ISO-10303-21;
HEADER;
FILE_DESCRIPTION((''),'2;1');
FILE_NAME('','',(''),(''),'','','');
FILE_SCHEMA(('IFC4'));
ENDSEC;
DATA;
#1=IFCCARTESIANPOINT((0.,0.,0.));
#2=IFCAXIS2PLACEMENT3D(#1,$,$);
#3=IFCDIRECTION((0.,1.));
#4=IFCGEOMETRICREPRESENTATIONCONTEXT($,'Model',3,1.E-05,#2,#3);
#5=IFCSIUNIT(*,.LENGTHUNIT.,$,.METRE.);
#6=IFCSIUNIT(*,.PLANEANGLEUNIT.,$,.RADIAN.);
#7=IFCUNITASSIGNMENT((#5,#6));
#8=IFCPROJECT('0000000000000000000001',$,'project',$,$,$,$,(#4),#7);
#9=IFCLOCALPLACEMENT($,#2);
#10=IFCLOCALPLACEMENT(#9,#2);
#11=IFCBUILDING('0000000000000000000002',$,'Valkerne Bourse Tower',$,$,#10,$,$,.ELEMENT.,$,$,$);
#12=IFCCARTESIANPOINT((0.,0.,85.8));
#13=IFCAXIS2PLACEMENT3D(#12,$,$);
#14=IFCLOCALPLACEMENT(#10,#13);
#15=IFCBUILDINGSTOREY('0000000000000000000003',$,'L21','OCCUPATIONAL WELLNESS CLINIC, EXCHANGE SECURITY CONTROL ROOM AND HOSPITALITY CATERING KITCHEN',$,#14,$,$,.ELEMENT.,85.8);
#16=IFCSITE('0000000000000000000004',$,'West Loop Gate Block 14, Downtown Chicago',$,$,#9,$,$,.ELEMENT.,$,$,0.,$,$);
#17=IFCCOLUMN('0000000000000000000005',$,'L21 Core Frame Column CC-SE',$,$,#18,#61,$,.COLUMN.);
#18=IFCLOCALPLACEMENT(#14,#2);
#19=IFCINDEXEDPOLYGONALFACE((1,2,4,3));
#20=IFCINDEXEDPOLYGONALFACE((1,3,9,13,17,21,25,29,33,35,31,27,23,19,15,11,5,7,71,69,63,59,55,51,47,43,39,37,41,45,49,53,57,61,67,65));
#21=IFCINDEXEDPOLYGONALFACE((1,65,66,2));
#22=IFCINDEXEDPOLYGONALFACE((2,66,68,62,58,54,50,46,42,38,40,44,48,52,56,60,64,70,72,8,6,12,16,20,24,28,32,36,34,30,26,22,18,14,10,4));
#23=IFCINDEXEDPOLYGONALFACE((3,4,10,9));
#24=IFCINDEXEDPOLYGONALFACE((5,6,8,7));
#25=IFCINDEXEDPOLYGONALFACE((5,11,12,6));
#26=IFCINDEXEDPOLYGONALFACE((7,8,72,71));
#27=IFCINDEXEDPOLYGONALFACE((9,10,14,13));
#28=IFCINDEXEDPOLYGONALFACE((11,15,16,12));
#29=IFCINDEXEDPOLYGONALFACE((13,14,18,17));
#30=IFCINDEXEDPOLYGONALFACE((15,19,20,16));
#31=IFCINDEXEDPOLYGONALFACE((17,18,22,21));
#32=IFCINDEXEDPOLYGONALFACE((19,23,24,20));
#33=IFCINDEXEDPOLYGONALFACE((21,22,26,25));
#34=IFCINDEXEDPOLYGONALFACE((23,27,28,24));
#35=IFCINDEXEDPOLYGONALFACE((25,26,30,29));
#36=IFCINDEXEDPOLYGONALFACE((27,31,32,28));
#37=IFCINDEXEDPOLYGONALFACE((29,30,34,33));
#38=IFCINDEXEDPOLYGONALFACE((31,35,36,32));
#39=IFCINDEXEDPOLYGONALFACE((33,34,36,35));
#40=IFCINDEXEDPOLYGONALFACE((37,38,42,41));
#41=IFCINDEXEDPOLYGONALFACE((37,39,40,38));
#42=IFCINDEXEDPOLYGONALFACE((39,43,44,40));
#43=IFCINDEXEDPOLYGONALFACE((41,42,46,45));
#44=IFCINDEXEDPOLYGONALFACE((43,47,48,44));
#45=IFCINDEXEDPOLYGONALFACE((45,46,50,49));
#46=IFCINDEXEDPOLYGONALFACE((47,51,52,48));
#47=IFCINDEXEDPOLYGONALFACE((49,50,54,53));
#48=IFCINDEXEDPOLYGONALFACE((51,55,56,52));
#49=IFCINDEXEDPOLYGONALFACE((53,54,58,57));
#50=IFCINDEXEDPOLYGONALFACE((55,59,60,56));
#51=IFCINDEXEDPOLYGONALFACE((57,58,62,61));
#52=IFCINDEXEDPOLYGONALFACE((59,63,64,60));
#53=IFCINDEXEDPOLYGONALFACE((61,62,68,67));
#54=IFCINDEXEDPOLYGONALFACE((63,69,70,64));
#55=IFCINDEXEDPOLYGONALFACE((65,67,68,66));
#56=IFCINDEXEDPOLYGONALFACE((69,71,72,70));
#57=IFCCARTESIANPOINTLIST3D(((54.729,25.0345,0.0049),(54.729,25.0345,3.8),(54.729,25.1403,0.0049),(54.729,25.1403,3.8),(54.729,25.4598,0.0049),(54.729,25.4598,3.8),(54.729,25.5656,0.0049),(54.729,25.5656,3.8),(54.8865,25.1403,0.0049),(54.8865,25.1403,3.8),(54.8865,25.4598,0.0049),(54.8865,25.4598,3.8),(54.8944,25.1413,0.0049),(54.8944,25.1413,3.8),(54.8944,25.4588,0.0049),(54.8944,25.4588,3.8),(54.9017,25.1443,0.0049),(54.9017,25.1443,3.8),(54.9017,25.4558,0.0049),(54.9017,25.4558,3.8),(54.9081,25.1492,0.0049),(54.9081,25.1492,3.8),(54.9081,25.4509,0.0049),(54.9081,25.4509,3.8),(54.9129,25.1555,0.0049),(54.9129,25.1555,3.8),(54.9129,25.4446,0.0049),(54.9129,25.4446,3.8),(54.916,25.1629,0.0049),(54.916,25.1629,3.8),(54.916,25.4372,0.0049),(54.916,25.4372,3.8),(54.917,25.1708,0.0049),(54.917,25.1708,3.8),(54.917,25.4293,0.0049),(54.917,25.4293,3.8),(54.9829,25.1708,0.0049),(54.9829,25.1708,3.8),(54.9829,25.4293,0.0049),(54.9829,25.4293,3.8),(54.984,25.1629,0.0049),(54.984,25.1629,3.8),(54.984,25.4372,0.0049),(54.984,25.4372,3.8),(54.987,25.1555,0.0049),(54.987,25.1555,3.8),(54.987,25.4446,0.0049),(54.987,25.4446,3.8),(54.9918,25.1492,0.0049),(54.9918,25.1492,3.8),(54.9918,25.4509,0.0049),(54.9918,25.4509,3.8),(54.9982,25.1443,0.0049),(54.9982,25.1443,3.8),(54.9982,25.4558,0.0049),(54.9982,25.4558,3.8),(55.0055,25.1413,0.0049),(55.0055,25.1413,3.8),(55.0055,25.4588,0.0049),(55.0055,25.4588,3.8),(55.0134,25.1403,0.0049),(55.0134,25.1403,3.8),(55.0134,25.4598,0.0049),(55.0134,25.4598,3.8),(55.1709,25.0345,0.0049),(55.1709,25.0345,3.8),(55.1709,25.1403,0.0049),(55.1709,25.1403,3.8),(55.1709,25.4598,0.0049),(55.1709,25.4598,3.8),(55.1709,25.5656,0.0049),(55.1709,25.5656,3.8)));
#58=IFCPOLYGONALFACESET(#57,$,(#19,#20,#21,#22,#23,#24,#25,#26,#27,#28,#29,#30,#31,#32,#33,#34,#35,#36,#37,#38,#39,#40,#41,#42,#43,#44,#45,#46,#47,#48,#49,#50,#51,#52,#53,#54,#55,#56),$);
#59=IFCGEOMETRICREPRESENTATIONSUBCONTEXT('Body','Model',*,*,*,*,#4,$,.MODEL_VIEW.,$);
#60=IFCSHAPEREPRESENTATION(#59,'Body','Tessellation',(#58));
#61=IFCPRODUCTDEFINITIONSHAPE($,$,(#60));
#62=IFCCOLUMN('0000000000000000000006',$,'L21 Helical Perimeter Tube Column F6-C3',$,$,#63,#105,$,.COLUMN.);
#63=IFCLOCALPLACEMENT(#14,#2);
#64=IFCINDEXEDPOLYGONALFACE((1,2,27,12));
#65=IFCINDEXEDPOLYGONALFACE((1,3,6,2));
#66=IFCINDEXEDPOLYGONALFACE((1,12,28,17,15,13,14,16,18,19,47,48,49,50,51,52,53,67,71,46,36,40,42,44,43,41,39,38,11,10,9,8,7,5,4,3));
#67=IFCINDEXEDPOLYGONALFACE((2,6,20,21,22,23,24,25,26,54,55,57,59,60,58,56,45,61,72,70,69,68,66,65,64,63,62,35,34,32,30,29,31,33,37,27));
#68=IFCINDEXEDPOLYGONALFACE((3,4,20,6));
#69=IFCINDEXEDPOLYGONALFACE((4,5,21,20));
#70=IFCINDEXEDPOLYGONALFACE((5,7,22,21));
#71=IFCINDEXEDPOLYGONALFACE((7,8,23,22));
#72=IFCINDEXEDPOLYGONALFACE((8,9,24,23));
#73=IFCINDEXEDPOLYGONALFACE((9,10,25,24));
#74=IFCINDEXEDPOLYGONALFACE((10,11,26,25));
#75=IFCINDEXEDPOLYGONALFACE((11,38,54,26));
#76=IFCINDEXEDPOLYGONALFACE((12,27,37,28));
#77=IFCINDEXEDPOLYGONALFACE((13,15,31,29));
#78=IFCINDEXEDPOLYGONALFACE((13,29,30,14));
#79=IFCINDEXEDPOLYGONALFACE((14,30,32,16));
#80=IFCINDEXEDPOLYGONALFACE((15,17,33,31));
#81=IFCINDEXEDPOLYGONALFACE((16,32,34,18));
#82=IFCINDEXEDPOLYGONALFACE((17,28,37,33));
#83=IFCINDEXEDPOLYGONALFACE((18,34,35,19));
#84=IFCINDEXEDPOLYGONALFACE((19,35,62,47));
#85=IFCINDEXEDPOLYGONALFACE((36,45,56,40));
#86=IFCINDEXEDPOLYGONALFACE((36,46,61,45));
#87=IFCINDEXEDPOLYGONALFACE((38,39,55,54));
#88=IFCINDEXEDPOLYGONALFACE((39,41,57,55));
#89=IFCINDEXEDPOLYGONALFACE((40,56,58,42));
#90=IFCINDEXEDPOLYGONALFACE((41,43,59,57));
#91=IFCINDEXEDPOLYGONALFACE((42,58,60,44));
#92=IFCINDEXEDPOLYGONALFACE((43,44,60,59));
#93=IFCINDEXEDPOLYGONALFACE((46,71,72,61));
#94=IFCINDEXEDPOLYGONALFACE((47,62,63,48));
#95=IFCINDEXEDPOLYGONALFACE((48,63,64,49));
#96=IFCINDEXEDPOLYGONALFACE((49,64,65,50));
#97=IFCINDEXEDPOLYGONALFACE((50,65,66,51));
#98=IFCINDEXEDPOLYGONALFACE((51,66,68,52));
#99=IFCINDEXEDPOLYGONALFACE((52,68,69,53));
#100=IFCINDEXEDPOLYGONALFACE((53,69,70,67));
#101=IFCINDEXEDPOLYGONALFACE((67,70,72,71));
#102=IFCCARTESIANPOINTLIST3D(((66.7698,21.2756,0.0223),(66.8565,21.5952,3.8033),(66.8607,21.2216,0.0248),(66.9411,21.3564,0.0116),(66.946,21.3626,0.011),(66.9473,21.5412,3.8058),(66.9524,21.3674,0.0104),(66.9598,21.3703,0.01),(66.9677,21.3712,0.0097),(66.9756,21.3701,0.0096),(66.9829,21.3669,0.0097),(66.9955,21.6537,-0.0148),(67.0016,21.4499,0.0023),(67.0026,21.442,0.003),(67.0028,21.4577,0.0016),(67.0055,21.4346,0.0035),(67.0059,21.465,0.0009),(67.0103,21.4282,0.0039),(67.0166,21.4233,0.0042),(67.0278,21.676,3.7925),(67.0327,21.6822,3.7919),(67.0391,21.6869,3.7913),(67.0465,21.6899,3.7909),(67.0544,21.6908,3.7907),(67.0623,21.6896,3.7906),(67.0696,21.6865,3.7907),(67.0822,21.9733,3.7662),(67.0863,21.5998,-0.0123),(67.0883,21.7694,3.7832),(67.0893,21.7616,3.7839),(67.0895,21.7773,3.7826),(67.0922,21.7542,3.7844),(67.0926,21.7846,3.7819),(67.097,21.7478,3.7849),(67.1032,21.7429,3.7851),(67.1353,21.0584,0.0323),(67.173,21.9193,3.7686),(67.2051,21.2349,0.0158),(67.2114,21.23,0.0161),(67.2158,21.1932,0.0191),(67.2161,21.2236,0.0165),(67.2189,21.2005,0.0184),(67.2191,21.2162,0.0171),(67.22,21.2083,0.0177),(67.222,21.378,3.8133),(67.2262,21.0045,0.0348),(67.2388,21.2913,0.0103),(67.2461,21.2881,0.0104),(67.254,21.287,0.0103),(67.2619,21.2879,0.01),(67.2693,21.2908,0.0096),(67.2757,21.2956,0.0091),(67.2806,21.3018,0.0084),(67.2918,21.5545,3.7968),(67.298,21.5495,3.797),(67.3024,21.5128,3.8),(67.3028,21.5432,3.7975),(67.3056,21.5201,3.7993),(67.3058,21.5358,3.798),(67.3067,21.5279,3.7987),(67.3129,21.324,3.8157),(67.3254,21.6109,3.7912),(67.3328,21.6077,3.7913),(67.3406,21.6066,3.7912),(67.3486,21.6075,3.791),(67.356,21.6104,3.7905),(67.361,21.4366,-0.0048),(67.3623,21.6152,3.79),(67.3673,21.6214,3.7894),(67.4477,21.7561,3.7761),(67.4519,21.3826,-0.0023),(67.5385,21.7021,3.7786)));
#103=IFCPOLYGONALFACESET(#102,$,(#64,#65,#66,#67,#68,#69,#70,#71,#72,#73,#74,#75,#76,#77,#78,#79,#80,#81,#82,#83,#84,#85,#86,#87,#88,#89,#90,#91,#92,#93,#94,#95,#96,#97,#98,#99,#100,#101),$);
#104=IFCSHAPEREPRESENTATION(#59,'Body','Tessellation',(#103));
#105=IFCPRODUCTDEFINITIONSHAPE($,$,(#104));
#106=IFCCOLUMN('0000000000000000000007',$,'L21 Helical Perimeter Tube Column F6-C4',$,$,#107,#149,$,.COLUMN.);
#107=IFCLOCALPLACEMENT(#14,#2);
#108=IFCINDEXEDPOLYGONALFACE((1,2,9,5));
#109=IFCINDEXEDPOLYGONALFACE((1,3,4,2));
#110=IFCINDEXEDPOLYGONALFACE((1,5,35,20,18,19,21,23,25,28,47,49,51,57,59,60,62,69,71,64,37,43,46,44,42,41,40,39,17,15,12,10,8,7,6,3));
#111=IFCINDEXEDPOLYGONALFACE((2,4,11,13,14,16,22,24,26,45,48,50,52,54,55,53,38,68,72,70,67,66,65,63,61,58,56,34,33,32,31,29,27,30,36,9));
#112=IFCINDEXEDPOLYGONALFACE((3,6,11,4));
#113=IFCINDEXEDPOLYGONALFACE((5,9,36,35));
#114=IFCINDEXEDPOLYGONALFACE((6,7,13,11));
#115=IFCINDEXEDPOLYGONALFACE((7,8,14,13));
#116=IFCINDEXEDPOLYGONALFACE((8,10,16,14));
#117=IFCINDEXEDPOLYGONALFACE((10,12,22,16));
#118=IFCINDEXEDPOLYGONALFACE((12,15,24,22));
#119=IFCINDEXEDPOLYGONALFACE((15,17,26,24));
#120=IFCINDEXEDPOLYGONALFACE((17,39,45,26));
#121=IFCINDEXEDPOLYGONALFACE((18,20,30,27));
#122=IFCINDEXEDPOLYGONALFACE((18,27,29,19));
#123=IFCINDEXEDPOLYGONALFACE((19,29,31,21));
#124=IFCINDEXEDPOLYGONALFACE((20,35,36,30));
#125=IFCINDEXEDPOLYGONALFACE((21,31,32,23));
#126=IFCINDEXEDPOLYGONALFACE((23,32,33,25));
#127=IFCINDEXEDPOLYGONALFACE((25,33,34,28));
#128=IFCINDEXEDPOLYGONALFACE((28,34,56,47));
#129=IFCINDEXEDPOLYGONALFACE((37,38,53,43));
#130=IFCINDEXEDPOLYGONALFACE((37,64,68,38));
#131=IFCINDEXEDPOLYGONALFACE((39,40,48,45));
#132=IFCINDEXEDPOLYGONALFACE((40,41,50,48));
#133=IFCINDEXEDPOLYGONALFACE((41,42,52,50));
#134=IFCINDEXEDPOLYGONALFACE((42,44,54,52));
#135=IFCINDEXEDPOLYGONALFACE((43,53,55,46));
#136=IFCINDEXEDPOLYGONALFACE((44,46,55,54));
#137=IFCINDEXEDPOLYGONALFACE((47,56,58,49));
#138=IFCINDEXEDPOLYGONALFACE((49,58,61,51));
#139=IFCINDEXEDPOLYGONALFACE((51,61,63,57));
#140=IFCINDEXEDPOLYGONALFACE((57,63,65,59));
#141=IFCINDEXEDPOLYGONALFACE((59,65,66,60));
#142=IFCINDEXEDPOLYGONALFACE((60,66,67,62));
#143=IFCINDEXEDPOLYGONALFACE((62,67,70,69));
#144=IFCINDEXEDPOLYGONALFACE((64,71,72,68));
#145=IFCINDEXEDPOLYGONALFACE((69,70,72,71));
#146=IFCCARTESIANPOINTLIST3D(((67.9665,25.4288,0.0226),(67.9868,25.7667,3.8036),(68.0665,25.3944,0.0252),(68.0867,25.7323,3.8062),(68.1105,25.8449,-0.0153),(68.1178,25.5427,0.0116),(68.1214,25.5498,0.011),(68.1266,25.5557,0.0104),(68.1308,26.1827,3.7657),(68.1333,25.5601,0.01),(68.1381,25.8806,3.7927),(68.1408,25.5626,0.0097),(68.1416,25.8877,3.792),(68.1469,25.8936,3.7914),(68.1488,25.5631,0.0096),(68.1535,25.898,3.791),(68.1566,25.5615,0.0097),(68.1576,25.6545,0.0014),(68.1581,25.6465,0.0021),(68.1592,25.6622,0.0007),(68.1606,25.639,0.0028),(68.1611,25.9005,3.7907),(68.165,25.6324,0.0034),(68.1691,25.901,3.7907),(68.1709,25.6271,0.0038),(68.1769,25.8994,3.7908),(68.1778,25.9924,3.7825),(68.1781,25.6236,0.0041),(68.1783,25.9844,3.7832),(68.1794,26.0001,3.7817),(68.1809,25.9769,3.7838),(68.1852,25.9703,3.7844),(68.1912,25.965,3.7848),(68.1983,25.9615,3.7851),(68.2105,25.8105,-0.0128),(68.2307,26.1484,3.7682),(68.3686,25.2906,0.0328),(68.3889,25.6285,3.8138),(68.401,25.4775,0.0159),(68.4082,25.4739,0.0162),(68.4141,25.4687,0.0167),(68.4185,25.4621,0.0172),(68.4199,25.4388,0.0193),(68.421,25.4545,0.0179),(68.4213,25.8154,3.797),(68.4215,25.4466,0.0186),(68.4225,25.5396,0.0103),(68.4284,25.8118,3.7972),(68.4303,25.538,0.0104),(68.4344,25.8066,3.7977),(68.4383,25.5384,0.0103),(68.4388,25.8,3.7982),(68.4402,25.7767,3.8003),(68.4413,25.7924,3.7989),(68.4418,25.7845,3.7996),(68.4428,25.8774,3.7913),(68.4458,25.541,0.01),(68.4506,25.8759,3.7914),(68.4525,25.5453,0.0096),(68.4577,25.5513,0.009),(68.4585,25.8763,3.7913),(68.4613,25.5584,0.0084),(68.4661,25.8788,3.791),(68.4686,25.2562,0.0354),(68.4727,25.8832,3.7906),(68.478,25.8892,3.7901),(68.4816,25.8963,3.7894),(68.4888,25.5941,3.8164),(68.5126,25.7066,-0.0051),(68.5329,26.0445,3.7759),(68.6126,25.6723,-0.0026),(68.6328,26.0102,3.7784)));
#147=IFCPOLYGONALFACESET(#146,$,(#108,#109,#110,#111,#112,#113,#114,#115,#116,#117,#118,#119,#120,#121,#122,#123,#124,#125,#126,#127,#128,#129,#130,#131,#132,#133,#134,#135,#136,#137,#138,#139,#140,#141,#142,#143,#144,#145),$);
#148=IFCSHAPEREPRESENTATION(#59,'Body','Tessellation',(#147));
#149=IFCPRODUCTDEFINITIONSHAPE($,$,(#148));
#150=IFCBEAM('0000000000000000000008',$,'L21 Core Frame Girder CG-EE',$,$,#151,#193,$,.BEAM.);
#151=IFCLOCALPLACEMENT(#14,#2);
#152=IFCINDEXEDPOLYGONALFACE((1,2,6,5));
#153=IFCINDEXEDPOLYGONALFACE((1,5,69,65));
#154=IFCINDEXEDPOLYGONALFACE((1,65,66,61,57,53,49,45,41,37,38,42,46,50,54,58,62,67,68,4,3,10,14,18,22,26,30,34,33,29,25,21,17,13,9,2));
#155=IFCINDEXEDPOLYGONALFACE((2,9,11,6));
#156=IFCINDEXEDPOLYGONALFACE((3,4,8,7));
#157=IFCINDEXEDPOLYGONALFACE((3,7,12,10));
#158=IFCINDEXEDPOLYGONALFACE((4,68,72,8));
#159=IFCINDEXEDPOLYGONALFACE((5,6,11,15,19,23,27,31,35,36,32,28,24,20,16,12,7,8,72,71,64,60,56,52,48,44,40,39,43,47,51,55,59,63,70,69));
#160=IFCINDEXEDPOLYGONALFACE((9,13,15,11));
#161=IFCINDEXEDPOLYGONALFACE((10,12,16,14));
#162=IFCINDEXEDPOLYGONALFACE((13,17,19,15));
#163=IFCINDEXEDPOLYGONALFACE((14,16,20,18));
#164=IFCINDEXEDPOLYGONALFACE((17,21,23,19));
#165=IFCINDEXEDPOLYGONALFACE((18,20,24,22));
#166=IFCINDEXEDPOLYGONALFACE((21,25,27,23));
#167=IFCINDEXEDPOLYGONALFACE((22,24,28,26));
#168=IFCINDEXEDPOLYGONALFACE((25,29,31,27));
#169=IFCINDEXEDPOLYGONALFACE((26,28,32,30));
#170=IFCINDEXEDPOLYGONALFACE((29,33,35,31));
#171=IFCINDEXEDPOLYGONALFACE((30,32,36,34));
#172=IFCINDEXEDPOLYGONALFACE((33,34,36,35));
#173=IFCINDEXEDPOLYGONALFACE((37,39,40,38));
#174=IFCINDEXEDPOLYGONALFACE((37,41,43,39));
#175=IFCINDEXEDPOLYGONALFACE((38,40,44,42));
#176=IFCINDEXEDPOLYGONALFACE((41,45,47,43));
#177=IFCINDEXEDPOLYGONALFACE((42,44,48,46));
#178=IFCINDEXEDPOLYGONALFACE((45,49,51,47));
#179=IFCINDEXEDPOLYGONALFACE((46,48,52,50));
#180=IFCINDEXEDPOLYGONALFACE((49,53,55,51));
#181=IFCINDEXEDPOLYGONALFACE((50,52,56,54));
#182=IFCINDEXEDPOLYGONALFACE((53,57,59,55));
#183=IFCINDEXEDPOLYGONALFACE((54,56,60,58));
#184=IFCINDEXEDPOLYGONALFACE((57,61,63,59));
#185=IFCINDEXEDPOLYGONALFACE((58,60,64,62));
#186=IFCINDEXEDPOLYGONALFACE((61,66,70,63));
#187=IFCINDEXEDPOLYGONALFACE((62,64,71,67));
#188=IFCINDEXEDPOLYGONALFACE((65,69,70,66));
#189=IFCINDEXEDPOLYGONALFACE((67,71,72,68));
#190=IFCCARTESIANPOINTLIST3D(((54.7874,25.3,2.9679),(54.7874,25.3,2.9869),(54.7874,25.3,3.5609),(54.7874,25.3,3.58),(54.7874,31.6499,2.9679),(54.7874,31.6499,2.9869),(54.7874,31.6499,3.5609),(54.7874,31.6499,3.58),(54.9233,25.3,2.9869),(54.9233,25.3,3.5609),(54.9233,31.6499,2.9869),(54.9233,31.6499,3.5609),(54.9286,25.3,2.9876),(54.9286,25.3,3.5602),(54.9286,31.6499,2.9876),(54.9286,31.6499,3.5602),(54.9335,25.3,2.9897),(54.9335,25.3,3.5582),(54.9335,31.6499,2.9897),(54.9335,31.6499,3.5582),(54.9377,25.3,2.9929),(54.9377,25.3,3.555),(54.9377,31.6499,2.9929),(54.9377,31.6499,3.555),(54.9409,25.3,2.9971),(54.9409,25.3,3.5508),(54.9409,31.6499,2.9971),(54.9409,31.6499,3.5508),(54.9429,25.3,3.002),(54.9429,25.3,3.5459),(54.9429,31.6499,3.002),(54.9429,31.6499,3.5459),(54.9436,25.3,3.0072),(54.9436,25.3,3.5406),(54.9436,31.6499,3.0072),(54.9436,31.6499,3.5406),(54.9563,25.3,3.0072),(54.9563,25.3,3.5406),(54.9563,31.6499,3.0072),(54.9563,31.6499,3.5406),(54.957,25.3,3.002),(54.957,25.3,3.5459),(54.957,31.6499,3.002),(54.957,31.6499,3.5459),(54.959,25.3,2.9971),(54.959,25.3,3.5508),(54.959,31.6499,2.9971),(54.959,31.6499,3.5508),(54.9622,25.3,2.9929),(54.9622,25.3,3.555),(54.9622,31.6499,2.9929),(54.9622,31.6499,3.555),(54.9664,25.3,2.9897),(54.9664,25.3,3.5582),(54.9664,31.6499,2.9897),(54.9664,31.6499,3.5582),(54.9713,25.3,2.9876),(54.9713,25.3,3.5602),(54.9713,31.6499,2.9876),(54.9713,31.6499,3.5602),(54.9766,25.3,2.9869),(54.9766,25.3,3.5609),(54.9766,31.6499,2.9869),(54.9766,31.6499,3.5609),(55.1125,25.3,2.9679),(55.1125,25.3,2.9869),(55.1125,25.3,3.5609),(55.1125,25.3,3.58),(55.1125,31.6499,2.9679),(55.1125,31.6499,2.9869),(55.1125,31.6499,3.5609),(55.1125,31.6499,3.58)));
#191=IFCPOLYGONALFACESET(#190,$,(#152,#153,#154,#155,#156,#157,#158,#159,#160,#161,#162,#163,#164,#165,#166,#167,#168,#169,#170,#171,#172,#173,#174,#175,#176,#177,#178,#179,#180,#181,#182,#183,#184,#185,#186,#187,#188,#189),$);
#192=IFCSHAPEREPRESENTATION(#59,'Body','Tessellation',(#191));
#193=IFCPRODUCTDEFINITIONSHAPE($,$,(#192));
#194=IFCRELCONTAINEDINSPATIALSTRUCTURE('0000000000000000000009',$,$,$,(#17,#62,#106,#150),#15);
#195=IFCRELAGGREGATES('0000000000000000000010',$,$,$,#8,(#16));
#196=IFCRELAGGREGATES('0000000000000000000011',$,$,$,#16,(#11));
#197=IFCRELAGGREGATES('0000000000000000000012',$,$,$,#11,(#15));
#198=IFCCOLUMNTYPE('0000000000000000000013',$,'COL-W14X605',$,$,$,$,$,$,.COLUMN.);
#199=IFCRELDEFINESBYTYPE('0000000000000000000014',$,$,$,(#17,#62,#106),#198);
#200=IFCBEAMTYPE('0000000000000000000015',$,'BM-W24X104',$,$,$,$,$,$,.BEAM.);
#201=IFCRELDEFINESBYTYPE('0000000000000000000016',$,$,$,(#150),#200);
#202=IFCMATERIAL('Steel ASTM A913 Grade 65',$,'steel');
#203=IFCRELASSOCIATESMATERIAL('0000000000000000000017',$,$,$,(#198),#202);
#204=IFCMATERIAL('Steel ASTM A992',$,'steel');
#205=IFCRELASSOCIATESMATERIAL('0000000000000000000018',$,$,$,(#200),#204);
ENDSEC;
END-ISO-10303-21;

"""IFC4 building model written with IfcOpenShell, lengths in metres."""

from ifc_helpers import new_model, si_unit, direction, frame, origin, origin_2d, place, context, subcontext, project, spatial, i_section, extrude, material, material_profile, profile_set, type_object, element, save


model = new_model("IFC4")

# Units and contexts
model_context = context("Model", 3, precision=1e-05, world=origin(), true_north=direction((0.0, 1.0)))
body_context = subcontext(model_context, "Body", "Model", "MODEL_VIEW")
ifc_project = project(units=[si_unit("LENGTHUNIT", "METRE"), si_unit("PLANEANGLEUNIT", "RADIAN")], contexts=[model_context])

# Site, building, storey
site_placement = place(None, origin())
site = spatial("IfcSite", under=ifc_project, at=site_placement, Name="West Loop Gate Block 14, Downtown Chicago", CompositionType="ELEMENT", RefElevation=0.0)
building_placement = place(site_placement, origin())
building = spatial("IfcBuilding", under=site, at=building_placement, Name="Valkerne Bourse Tower", CompositionType="ELEMENT")
storey_placement = place(building_placement, frame((0.0, 0.0, 85.8)))
storey = spatial("IfcBuildingStorey", under=building, at=storey_placement, Name="L21", Description="OCCUPATIONAL WELLNESS CLINIC, EXCHANGE SECURITY CONTROL ROOM AND HOSPITALITY CATERING KITCHEN", CompositionType="ELEMENT", Elevation=85.8)

# Columns
ifc_material_1 = material(Name="Steel ASTM A913 Grade 65", Category="steel")
ifc_material_profile_1 = material_profile(ifc_material_1, i_section(OverallWidth=0.4419, OverallDepth=0.531, WebThickness=0.0659, FlangeThickness=0.1057, FilletRadius=0.0305, at=origin_2d()), Name="W14X605")
ifc_profile_set_1 = profile_set([ifc_material_profile_1], Name="Steel ASTM A913 Grade 65")
column_type = type_object("IfcColumnType", Name="COL-W14X605", PredefinedType="COLUMN", material=ifc_profile_set_1)
column_1_placement = place(storey_placement, frame((54.95, 25.3, 0.0049), z_axis=(0.0, 0.0, 1.0), x_axis=(1.0, 0.0, 0.0)))
element("IfcColumn", 1, at=column_1_placement, inside=storey, type_object=column_type, Name="L21 Core Frame Column CC-SE", PredefinedType="COLUMN", context=body_context, shape_type="SweptSolid", body=[
    extrude(i_section(OverallWidth=0.4419, OverallDepth=0.531, WebThickness=0.0659, FlangeThickness=0.1057, FilletRadius=0.0305, at=origin_2d()), origin(), (0.0, 0.0, 1.0), 3.7952),
])
column_2_placement = place(storey_placement, frame((67.1108, 21.3291, 0.01), z_axis=(0.022835, 0.0842, 0.996187), x_axis=(-0.510686, -0.855651, 0.084028)))
element("IfcColumn", 2, at=column_2_placement, inside=storey, type_object=column_type, Name="L21 Helical Perimeter Tube Column F6-C3", PredefinedType="COLUMN", context=body_context, shape_type="SweptSolid", body=[
    extrude(i_section(OverallWidth=0.4419, OverallDepth=0.531, WebThickness=0.0659, FlangeThickness=0.1057, FilletRadius=0.0305, at=origin_2d()), origin(), (0.0, 0.0, 1.0), 3.7954),
])
column_3_placement = place(storey_placement, frame((68.2896, 25.5505, 0.01), z_axis=(0.005338, 0.089009, 0.996016), x_axis=(-0.325866, -0.941507, 0.085884)))
element("IfcColumn", 3, at=column_3_placement, inside=storey, type_object=column_type, Name="L21 Helical Perimeter Tube Column F6-C4", PredefinedType="COLUMN", context=body_context, shape_type="SweptSolid", body=[
    extrude(i_section(OverallWidth=0.4419, OverallDepth=0.531, WebThickness=0.0659, FlangeThickness=0.1057, FilletRadius=0.0305, at=origin_2d()), origin(), (0.0, 0.0, 1.0), 3.7961),
])

# Beam
ifc_material_2 = material(Name="Steel ASTM A992", Category="steel")
ifc_material_profile_2 = material_profile(ifc_material_2, i_section(OverallWidth=0.3252, OverallDepth=0.6121, WebThickness=0.0127, FlangeThickness=0.019, FilletRadius=0.0203, at=origin_2d()), Name="W24X104")
ifc_profile_set_2 = profile_set([ifc_material_profile_2], Name="Steel ASTM A992")
beam_type_1 = type_object("IfcBeamType", Name="BM-W24X104", PredefinedType="BEAM", material=ifc_profile_set_2)
beam_1_placement = place(storey_placement, frame((54.95, 25.3, 3.2739), z_axis=(0.0, 1.0, 0.0), x_axis=(-1.0, 0.0, 0.0)))
element("IfcBeam", 4, at=beam_1_placement, inside=storey, type_object=beam_type_1, Name="L21 Core Frame Girder CG-EE", PredefinedType="BEAM", context=body_context, shape_type="SweptSolid", body=[
    extrude(i_section(OverallWidth=0.3252, OverallDepth=0.6121, WebThickness=0.0127, FlangeThickness=0.019, FilletRadius=0.0203, at=origin_2d()), origin(), (0.0, 0.0, 1.0), 6.3499),
])

save(model, "model.ifc")
